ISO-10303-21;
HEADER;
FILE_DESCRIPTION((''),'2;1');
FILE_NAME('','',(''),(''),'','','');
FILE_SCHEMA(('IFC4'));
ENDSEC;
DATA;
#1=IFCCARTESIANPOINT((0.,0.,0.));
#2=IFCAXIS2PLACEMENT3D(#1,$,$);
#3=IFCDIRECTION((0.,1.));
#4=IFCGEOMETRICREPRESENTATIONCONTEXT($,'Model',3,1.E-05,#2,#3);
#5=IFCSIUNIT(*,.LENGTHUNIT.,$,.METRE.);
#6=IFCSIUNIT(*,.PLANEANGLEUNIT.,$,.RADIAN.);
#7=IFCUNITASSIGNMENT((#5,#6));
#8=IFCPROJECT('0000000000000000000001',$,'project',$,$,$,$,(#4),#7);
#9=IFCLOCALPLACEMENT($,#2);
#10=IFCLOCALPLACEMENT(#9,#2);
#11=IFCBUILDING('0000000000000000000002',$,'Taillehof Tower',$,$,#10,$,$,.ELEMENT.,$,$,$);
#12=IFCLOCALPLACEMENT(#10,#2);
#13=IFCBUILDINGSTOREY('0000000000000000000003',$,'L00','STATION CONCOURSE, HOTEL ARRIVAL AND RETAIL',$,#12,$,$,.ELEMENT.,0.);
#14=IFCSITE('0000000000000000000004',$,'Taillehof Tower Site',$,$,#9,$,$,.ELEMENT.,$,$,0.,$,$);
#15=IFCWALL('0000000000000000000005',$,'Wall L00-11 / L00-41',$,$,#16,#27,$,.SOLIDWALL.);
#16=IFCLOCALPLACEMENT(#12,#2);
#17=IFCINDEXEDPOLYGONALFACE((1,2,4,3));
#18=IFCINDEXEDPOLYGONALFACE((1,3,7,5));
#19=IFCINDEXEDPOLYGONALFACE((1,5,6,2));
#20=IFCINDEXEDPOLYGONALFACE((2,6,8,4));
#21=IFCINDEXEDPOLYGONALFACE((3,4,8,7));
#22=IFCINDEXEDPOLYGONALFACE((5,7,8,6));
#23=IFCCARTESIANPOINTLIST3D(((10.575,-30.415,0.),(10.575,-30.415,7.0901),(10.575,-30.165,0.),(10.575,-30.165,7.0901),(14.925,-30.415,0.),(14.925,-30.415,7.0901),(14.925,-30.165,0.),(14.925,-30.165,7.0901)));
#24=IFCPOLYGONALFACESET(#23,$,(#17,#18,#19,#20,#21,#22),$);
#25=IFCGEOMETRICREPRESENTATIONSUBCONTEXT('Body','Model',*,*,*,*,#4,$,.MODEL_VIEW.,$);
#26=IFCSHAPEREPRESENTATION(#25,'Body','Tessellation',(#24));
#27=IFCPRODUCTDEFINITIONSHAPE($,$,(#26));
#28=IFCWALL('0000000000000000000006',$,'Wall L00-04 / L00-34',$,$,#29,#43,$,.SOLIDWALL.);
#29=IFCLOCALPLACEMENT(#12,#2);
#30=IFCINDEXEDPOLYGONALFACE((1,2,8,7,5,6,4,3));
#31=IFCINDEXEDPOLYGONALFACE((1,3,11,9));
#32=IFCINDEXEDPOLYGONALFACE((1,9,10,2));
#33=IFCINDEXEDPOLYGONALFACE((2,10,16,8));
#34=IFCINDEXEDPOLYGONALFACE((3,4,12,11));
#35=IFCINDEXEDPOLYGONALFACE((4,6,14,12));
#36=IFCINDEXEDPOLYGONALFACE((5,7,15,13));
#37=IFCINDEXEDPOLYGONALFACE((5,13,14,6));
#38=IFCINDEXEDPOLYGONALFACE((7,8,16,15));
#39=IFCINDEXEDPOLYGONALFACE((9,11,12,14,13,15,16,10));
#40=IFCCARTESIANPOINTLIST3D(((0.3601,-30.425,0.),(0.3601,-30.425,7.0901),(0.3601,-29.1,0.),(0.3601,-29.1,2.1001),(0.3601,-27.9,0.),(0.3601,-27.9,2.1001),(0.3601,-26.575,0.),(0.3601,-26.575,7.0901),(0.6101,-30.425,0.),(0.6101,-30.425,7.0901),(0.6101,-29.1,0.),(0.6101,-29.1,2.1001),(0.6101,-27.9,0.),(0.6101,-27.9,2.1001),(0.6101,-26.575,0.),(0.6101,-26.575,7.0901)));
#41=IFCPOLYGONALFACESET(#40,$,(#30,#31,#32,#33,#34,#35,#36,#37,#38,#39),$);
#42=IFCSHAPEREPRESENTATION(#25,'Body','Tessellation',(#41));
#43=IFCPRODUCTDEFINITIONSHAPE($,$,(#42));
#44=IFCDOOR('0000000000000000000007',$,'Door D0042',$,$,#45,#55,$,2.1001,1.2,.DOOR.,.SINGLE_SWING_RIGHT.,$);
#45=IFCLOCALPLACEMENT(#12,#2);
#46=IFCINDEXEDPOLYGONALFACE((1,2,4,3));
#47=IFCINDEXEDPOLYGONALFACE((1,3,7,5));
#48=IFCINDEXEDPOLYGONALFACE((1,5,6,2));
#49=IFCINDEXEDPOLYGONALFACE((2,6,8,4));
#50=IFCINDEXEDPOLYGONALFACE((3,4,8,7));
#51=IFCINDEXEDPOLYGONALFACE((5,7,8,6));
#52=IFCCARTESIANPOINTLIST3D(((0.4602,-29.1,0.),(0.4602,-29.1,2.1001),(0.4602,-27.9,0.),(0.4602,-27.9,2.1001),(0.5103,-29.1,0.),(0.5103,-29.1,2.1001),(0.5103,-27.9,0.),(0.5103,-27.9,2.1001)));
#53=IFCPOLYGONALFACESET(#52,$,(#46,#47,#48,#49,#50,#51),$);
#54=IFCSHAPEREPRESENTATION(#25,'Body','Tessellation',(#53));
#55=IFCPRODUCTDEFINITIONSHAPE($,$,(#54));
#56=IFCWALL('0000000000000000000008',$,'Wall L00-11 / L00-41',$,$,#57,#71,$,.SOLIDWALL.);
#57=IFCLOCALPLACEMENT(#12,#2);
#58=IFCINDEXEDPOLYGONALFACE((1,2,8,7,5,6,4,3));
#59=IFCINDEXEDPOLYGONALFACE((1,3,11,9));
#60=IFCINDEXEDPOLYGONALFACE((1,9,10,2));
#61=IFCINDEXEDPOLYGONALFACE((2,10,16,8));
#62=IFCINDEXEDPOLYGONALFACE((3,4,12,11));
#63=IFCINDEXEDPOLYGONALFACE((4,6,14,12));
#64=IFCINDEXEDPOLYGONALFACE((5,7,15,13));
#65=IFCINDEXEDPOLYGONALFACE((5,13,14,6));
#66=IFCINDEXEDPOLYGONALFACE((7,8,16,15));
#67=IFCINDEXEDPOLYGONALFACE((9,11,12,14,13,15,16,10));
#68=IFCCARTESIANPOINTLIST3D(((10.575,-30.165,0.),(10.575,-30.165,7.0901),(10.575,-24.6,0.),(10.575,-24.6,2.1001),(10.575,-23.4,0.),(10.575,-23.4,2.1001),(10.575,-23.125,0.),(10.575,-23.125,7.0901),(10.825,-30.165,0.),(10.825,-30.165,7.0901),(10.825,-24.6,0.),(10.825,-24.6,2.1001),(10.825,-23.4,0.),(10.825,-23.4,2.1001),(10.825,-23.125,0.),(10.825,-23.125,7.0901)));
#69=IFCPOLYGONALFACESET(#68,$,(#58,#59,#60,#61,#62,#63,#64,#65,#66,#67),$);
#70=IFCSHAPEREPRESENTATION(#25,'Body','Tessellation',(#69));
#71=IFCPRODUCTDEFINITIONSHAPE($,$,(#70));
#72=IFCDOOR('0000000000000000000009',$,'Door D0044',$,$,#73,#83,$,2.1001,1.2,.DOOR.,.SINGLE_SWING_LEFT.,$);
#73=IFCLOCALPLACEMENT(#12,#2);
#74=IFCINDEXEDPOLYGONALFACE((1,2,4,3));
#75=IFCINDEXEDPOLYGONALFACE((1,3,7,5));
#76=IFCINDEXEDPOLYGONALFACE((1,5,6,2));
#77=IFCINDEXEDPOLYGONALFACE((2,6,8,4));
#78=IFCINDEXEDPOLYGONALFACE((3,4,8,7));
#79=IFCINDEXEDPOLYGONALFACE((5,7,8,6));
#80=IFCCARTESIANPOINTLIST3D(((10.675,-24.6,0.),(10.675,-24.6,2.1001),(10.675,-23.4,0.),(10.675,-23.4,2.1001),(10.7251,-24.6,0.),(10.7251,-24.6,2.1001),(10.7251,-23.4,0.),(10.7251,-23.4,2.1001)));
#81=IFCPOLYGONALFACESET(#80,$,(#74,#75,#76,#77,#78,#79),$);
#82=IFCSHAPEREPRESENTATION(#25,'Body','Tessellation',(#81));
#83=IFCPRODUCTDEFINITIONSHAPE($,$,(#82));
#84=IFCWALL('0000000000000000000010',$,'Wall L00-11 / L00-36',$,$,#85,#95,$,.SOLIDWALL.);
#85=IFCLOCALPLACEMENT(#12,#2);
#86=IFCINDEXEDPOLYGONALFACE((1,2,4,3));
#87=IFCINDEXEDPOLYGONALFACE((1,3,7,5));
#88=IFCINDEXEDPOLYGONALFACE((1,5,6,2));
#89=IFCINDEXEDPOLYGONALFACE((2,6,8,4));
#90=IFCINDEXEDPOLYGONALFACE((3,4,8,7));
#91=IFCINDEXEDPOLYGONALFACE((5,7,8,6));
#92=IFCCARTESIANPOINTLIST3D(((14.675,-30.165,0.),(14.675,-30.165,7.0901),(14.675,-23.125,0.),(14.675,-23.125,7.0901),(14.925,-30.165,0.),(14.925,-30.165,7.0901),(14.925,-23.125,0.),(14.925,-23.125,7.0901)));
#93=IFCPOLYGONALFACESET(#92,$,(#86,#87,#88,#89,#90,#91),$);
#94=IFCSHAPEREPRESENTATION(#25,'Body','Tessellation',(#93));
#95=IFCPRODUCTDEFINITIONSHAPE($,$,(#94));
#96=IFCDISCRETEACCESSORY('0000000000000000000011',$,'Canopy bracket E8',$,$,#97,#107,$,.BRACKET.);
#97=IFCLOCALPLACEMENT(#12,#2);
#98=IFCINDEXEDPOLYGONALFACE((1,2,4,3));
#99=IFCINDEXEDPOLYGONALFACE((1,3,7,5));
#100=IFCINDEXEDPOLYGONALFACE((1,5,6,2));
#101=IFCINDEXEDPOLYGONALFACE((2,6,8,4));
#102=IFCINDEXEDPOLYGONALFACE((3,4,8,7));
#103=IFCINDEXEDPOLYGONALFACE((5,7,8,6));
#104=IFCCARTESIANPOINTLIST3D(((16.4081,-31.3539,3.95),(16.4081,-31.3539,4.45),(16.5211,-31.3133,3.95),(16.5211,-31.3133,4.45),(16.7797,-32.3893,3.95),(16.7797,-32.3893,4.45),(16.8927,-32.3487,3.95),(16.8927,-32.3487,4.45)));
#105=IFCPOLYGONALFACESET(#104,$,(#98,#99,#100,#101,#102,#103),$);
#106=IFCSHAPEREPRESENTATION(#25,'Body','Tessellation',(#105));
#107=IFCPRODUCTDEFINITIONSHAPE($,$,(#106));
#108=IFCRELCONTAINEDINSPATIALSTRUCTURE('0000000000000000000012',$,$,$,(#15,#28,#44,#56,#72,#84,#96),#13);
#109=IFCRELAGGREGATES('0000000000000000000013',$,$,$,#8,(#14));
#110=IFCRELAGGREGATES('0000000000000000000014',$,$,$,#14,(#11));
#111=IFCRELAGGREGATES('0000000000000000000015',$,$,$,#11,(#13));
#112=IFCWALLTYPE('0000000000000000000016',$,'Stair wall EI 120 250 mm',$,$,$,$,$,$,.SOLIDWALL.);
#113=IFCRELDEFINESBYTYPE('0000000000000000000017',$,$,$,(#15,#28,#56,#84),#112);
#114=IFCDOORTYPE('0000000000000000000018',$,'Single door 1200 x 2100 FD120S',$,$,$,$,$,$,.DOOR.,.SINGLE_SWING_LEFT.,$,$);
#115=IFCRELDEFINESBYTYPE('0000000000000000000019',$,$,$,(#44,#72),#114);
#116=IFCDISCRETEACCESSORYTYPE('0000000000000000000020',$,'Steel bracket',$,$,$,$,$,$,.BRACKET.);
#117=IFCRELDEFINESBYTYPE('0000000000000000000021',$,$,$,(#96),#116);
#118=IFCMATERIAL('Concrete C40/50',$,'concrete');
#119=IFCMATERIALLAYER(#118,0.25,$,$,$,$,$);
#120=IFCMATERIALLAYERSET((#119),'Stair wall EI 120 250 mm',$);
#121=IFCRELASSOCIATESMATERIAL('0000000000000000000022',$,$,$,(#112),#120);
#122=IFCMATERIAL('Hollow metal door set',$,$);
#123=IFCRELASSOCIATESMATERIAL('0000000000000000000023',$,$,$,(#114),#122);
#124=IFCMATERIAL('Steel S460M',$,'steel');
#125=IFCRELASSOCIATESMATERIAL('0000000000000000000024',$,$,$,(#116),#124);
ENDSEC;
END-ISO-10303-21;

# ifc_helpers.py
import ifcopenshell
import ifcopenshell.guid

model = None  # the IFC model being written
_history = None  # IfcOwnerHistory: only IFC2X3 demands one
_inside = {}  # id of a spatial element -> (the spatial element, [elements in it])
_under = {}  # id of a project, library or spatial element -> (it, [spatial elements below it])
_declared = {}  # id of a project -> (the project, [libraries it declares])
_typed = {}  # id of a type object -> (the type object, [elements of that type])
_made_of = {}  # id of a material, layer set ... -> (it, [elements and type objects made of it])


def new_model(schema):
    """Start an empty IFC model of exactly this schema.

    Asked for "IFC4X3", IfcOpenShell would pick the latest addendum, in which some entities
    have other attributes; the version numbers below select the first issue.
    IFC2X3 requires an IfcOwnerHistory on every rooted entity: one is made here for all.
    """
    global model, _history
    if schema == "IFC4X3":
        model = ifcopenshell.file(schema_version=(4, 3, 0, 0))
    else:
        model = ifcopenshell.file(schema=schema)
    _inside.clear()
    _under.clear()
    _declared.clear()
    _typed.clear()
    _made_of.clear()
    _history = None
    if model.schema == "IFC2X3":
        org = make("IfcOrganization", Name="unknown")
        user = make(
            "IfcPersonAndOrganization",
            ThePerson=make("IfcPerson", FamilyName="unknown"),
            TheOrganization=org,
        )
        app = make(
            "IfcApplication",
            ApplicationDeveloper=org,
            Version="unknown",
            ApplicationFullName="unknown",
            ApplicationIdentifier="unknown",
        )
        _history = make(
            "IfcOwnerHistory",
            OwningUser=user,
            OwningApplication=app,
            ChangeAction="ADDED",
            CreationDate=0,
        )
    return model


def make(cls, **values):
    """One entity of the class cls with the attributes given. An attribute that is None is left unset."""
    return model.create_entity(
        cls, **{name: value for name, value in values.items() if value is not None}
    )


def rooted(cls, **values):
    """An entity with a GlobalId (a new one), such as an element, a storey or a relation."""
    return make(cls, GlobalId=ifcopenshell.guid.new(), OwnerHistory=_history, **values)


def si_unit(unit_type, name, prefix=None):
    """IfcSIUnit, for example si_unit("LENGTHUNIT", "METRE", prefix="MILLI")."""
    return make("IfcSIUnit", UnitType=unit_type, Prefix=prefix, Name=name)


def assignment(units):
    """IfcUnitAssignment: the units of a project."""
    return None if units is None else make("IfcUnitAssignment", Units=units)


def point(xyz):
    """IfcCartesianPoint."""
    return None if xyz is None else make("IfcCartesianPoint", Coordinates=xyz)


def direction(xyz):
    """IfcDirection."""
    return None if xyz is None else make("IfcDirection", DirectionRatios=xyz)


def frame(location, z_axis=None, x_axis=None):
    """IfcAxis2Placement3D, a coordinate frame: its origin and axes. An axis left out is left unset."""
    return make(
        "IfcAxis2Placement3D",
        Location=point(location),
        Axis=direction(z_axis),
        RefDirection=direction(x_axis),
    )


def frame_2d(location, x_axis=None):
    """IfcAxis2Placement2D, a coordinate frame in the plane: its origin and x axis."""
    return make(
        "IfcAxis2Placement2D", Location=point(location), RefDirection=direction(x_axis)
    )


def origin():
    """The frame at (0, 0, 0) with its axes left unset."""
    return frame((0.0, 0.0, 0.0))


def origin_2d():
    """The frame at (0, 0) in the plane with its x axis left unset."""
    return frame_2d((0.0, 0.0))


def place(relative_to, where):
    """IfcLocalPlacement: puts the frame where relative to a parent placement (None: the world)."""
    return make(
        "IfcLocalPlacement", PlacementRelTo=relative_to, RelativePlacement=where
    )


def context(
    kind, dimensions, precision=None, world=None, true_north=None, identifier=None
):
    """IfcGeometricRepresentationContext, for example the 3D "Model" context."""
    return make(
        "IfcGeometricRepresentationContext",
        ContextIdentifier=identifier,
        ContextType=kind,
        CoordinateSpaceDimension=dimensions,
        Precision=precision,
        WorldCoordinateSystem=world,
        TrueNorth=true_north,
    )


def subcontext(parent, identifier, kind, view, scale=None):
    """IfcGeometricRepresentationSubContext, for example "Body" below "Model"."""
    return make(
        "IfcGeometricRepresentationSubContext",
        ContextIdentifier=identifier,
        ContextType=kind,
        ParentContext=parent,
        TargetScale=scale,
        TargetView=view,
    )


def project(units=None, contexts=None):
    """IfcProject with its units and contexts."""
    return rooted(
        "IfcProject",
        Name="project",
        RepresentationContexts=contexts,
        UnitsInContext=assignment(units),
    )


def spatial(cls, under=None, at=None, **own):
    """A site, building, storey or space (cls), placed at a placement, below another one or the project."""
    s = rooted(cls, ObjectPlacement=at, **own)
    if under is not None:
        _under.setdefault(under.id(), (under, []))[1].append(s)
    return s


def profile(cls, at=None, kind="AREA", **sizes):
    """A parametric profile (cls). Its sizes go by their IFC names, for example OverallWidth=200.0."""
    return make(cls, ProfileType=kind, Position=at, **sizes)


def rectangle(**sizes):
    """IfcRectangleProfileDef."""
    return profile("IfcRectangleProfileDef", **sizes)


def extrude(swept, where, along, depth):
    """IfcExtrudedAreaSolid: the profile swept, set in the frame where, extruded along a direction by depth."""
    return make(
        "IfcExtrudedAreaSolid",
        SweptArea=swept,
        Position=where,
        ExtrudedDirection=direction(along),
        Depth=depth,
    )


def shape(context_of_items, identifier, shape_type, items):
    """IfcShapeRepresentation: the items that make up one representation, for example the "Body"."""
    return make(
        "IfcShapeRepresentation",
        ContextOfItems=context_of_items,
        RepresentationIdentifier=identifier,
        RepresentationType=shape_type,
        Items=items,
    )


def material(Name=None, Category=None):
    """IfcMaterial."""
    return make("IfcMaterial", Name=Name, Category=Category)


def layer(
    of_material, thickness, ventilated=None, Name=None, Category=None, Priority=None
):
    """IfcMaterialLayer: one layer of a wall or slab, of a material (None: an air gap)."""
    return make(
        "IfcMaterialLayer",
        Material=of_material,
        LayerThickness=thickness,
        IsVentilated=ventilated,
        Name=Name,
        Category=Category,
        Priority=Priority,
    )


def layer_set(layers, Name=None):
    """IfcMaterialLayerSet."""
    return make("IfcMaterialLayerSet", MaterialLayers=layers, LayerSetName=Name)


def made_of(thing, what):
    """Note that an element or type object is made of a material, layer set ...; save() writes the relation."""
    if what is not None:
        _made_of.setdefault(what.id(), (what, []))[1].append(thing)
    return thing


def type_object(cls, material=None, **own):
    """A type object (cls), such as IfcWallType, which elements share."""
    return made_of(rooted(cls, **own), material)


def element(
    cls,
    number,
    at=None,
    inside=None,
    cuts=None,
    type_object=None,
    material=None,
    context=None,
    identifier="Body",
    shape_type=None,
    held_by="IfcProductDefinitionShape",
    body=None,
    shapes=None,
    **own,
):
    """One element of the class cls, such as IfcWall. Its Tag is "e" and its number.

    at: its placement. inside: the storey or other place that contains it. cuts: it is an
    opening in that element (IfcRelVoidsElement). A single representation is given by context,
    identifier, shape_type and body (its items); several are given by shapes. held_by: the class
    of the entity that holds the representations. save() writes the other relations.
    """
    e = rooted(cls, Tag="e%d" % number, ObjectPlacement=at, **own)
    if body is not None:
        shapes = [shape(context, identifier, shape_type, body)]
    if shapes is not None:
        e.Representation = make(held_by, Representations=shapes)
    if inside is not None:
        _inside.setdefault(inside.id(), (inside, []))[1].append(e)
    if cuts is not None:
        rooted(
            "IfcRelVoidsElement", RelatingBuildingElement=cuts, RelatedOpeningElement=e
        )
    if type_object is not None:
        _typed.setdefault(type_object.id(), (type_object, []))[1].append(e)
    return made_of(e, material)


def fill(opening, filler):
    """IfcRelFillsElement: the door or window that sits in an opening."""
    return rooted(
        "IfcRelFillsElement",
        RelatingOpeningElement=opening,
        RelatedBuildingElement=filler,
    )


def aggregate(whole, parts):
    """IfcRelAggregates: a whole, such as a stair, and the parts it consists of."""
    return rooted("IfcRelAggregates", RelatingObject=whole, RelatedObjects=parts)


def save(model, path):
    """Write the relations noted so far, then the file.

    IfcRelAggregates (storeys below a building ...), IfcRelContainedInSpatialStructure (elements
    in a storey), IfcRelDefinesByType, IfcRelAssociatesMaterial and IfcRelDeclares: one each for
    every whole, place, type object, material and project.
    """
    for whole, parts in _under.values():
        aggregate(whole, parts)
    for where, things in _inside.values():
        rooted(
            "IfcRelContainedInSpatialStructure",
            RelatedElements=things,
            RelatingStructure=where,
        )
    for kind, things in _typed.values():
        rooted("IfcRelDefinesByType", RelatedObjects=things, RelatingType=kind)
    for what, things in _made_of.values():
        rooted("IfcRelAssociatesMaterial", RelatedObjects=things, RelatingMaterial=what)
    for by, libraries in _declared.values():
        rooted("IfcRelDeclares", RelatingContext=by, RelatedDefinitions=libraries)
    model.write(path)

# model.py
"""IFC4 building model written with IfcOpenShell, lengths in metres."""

from ifc_helpers import new_model, si_unit, direction, frame, frame_2d, origin, origin_2d, place, context, subcontext, project, spatial, rectangle, extrude, material, layer, layer_set, type_object, element, fill, save


model = new_model("IFC4")

# Units and contexts
model_context = context("Model", 3, precision=1e-05, world=origin(), true_north=direction((0.0, 1.0)))
body_context = subcontext(model_context, "Body", "Model", "MODEL_VIEW")
ifc_project = project(units=[si_unit("LENGTHUNIT", "METRE"), si_unit("PLANEANGLEUNIT", "RADIAN")], contexts=[model_context])

# Site, building, storey
site_placement = place(None, origin())
site = spatial("IfcSite", under=ifc_project, at=site_placement, Name="Taillehof Tower Site", CompositionType="ELEMENT", RefElevation=0.0)
building_placement = place(site_placement, origin())
building = spatial("IfcBuilding", under=site, at=building_placement, Name="Taillehof Tower", CompositionType="ELEMENT")
storey_placement = place(building_placement, origin())
storey = spatial("IfcBuildingStorey", under=building, at=storey_placement, Name="L00", Description="STATION CONCOURSE, HOTEL ARRIVAL AND RETAIL", CompositionType="ELEMENT", Elevation=0.0)

# Wall
ifc_material_1 = material(Name="Concrete C40/50", Category="concrete")
ifc_layer_1 = layer(ifc_material_1, 0.25)
ifc_layer_set_1 = layer_set([ifc_layer_1], Name="Stair wall EI 120 250 mm")
wall_type_1 = type_object("IfcWallType", Name="Stair wall EI 120 250 mm", PredefinedType="SOLIDWALL", material=ifc_layer_set_1)
wall_1_placement = place(storey_placement, frame((10.575, -30.29, 0.0), z_axis=(0.0, 0.0, 1.0), x_axis=(1.0, 0.0, 0.0)))
element("IfcWall", 1, at=wall_1_placement, inside=storey, type_object=wall_type_1, Name="Wall L00-11 / L00-41", PredefinedType="SOLIDWALL", context=body_context, shape_type="SweptSolid", body=[
    extrude(rectangle(XDim=4.3501, YDim=0.25, at=frame_2d((2.175, 0.0))), origin(), (0.0, 0.0, 1.0), 7.0901),
])

# Walls, openings, doors
wall_2_placement = place(storey_placement, frame((0.4851, -30.425, 0.0), z_axis=(0.0, 0.0, 1.0), x_axis=(0.0, 1.0, 0.0)))
wall_2 = element("IfcWall", 2, at=wall_2_placement, inside=storey, type_object=wall_type_1, Name="Wall L00-04 / L00-34", PredefinedType="SOLIDWALL", context=body_context, shape_type="SweptSolid", body=[
    extrude(rectangle(XDim=3.8501, YDim=0.25, at=frame_2d((1.925, 0.0))), origin(), (0.0, 0.0, 1.0), 7.0901),
])
opening_1_placement = place(wall_2_placement, frame((1.325, 0.0, 0.0)))
opening_1 = element("IfcOpeningElement", 3, at=opening_1_placement, cuts=wall_2, PredefinedType="OPENING", context=body_context, shape_type="SweptSolid", body=[
    extrude(rectangle(XDim=1.2, YDim=2.1001, at=frame_2d((0.6001, 1.05))), frame((0.0, 0.135, 0.0), z_axis=(0.0, -1.0, 0.0), x_axis=(1.0, 0.0, 0.0)), (0.0, 0.0, 1.0), 0.27),
])
ifc_material_2 = material(Name="Hollow metal door set")
door_type_1 = type_object("IfcDoorType", Name="Single door 1200 x 2100 FD120S", OperationType="SINGLE_SWING_LEFT", PredefinedType="DOOR", material=ifc_material_2)
door_1_placement = place(opening_1_placement, origin())
door_1 = element("IfcDoor", 4, at=door_1_placement, inside=storey, type_object=door_type_1, Name="Door D0042", OperationType="SINGLE_SWING_RIGHT", OverallHeight=2.1001, OverallWidth=1.2, PredefinedType="DOOR", context=body_context, shape_type="SweptSolid", body=[
    extrude(rectangle(XDim=1.2, YDim=2.1001, at=frame_2d((0.6001, 1.05))), frame((0.0, 0.0249, 0.0), z_axis=(0.0, -1.0, 0.0), x_axis=(1.0, 0.0, 0.0)), (0.0, 0.0, 1.0), 0.05),
])
fill(opening_1, door_1)
wall_3_placement = place(storey_placement, frame((10.7, -30.165, 0.0), z_axis=(0.0, 0.0, 1.0), x_axis=(0.0, 1.0, 0.0)))
wall_3 = element("IfcWall", 5, at=wall_3_placement, inside=storey, type_object=wall_type_1, Name="Wall L00-11 / L00-41", PredefinedType="SOLIDWALL", context=body_context, shape_type="SweptSolid", body=[
    extrude(rectangle(XDim=7.04, YDim=0.25, at=frame_2d((3.52, 0.0))), origin(), (0.0, 0.0, 1.0), 7.0901),
])
opening_2_placement = place(wall_3_placement, frame((5.5649, 0.0, 0.0)))
opening_2 = element("IfcOpeningElement", 6, at=opening_2_placement, cuts=wall_3, PredefinedType="OPENING", context=body_context, shape_type="SweptSolid", body=[
    extrude(rectangle(XDim=1.2, YDim=2.1001, at=frame_2d((0.6001, 1.05))), frame((0.0, 0.135, 0.0), z_axis=(0.0, -1.0, 0.0), x_axis=(1.0, 0.0, 0.0)), (0.0, 0.0, 1.0), 0.27),
])
door_2_placement = place(opening_2_placement, origin())
door_2 = element("IfcDoor", 7, at=door_2_placement, inside=storey, type_object=door_type_1, Name="Door D0044", OperationType="SINGLE_SWING_LEFT", OverallHeight=2.1001, OverallWidth=1.2, PredefinedType="DOOR", context=body_context, shape_type="SweptSolid", body=[
    extrude(rectangle(XDim=1.2, YDim=2.1001, at=frame_2d((0.6001, 1.05))), frame((0.0, 0.0249, 0.0), z_axis=(0.0, -1.0, 0.0), x_axis=(1.0, 0.0, 0.0)), (0.0, 0.0, 1.0), 0.05),
])
fill(opening_2, door_2)

# Wall
wall_4_placement = place(storey_placement, frame((14.8, -30.165, 0.0), z_axis=(0.0, 0.0, 1.0), x_axis=(0.0, 1.0, 0.0)))
element("IfcWall", 8, at=wall_4_placement, inside=storey, type_object=wall_type_1, Name="Wall L00-11 / L00-36", PredefinedType="SOLIDWALL", context=body_context, shape_type="SweptSolid", body=[
    extrude(rectangle(XDim=7.04, YDim=0.25, at=frame_2d((3.52, 0.0))), origin(), (0.0, 0.0, 1.0), 7.0901),
])

# Discrete accessory
ifc_material_3 = material(Name="Steel S460M", Category="steel")
discrete_accessory_type = type_object("IfcDiscreteAccessoryType", Name="Steel bracket", PredefinedType="BRACKET", material=ifc_material_3)
discrete_accessory_placement = place(storey_placement, frame((16.6504, -31.8513, 3.95), z_axis=(0.0, 0.0, 1.0), x_axis=(0.337798, -0.941218, 0.0)))
element("IfcDiscreteAccessory", 9, at=discrete_accessory_placement, inside=storey, type_object=discrete_accessory_type, Name="Canopy bracket E8", PredefinedType="BRACKET", context=body_context, shape_type="SweptSolid", body=[
    extrude(rectangle(XDim=1.1001, YDim=0.1201, at=origin_2d()), origin(), (0.0, 0.0, 1.0), 0.5),
])

save(model, "model.ifc")
